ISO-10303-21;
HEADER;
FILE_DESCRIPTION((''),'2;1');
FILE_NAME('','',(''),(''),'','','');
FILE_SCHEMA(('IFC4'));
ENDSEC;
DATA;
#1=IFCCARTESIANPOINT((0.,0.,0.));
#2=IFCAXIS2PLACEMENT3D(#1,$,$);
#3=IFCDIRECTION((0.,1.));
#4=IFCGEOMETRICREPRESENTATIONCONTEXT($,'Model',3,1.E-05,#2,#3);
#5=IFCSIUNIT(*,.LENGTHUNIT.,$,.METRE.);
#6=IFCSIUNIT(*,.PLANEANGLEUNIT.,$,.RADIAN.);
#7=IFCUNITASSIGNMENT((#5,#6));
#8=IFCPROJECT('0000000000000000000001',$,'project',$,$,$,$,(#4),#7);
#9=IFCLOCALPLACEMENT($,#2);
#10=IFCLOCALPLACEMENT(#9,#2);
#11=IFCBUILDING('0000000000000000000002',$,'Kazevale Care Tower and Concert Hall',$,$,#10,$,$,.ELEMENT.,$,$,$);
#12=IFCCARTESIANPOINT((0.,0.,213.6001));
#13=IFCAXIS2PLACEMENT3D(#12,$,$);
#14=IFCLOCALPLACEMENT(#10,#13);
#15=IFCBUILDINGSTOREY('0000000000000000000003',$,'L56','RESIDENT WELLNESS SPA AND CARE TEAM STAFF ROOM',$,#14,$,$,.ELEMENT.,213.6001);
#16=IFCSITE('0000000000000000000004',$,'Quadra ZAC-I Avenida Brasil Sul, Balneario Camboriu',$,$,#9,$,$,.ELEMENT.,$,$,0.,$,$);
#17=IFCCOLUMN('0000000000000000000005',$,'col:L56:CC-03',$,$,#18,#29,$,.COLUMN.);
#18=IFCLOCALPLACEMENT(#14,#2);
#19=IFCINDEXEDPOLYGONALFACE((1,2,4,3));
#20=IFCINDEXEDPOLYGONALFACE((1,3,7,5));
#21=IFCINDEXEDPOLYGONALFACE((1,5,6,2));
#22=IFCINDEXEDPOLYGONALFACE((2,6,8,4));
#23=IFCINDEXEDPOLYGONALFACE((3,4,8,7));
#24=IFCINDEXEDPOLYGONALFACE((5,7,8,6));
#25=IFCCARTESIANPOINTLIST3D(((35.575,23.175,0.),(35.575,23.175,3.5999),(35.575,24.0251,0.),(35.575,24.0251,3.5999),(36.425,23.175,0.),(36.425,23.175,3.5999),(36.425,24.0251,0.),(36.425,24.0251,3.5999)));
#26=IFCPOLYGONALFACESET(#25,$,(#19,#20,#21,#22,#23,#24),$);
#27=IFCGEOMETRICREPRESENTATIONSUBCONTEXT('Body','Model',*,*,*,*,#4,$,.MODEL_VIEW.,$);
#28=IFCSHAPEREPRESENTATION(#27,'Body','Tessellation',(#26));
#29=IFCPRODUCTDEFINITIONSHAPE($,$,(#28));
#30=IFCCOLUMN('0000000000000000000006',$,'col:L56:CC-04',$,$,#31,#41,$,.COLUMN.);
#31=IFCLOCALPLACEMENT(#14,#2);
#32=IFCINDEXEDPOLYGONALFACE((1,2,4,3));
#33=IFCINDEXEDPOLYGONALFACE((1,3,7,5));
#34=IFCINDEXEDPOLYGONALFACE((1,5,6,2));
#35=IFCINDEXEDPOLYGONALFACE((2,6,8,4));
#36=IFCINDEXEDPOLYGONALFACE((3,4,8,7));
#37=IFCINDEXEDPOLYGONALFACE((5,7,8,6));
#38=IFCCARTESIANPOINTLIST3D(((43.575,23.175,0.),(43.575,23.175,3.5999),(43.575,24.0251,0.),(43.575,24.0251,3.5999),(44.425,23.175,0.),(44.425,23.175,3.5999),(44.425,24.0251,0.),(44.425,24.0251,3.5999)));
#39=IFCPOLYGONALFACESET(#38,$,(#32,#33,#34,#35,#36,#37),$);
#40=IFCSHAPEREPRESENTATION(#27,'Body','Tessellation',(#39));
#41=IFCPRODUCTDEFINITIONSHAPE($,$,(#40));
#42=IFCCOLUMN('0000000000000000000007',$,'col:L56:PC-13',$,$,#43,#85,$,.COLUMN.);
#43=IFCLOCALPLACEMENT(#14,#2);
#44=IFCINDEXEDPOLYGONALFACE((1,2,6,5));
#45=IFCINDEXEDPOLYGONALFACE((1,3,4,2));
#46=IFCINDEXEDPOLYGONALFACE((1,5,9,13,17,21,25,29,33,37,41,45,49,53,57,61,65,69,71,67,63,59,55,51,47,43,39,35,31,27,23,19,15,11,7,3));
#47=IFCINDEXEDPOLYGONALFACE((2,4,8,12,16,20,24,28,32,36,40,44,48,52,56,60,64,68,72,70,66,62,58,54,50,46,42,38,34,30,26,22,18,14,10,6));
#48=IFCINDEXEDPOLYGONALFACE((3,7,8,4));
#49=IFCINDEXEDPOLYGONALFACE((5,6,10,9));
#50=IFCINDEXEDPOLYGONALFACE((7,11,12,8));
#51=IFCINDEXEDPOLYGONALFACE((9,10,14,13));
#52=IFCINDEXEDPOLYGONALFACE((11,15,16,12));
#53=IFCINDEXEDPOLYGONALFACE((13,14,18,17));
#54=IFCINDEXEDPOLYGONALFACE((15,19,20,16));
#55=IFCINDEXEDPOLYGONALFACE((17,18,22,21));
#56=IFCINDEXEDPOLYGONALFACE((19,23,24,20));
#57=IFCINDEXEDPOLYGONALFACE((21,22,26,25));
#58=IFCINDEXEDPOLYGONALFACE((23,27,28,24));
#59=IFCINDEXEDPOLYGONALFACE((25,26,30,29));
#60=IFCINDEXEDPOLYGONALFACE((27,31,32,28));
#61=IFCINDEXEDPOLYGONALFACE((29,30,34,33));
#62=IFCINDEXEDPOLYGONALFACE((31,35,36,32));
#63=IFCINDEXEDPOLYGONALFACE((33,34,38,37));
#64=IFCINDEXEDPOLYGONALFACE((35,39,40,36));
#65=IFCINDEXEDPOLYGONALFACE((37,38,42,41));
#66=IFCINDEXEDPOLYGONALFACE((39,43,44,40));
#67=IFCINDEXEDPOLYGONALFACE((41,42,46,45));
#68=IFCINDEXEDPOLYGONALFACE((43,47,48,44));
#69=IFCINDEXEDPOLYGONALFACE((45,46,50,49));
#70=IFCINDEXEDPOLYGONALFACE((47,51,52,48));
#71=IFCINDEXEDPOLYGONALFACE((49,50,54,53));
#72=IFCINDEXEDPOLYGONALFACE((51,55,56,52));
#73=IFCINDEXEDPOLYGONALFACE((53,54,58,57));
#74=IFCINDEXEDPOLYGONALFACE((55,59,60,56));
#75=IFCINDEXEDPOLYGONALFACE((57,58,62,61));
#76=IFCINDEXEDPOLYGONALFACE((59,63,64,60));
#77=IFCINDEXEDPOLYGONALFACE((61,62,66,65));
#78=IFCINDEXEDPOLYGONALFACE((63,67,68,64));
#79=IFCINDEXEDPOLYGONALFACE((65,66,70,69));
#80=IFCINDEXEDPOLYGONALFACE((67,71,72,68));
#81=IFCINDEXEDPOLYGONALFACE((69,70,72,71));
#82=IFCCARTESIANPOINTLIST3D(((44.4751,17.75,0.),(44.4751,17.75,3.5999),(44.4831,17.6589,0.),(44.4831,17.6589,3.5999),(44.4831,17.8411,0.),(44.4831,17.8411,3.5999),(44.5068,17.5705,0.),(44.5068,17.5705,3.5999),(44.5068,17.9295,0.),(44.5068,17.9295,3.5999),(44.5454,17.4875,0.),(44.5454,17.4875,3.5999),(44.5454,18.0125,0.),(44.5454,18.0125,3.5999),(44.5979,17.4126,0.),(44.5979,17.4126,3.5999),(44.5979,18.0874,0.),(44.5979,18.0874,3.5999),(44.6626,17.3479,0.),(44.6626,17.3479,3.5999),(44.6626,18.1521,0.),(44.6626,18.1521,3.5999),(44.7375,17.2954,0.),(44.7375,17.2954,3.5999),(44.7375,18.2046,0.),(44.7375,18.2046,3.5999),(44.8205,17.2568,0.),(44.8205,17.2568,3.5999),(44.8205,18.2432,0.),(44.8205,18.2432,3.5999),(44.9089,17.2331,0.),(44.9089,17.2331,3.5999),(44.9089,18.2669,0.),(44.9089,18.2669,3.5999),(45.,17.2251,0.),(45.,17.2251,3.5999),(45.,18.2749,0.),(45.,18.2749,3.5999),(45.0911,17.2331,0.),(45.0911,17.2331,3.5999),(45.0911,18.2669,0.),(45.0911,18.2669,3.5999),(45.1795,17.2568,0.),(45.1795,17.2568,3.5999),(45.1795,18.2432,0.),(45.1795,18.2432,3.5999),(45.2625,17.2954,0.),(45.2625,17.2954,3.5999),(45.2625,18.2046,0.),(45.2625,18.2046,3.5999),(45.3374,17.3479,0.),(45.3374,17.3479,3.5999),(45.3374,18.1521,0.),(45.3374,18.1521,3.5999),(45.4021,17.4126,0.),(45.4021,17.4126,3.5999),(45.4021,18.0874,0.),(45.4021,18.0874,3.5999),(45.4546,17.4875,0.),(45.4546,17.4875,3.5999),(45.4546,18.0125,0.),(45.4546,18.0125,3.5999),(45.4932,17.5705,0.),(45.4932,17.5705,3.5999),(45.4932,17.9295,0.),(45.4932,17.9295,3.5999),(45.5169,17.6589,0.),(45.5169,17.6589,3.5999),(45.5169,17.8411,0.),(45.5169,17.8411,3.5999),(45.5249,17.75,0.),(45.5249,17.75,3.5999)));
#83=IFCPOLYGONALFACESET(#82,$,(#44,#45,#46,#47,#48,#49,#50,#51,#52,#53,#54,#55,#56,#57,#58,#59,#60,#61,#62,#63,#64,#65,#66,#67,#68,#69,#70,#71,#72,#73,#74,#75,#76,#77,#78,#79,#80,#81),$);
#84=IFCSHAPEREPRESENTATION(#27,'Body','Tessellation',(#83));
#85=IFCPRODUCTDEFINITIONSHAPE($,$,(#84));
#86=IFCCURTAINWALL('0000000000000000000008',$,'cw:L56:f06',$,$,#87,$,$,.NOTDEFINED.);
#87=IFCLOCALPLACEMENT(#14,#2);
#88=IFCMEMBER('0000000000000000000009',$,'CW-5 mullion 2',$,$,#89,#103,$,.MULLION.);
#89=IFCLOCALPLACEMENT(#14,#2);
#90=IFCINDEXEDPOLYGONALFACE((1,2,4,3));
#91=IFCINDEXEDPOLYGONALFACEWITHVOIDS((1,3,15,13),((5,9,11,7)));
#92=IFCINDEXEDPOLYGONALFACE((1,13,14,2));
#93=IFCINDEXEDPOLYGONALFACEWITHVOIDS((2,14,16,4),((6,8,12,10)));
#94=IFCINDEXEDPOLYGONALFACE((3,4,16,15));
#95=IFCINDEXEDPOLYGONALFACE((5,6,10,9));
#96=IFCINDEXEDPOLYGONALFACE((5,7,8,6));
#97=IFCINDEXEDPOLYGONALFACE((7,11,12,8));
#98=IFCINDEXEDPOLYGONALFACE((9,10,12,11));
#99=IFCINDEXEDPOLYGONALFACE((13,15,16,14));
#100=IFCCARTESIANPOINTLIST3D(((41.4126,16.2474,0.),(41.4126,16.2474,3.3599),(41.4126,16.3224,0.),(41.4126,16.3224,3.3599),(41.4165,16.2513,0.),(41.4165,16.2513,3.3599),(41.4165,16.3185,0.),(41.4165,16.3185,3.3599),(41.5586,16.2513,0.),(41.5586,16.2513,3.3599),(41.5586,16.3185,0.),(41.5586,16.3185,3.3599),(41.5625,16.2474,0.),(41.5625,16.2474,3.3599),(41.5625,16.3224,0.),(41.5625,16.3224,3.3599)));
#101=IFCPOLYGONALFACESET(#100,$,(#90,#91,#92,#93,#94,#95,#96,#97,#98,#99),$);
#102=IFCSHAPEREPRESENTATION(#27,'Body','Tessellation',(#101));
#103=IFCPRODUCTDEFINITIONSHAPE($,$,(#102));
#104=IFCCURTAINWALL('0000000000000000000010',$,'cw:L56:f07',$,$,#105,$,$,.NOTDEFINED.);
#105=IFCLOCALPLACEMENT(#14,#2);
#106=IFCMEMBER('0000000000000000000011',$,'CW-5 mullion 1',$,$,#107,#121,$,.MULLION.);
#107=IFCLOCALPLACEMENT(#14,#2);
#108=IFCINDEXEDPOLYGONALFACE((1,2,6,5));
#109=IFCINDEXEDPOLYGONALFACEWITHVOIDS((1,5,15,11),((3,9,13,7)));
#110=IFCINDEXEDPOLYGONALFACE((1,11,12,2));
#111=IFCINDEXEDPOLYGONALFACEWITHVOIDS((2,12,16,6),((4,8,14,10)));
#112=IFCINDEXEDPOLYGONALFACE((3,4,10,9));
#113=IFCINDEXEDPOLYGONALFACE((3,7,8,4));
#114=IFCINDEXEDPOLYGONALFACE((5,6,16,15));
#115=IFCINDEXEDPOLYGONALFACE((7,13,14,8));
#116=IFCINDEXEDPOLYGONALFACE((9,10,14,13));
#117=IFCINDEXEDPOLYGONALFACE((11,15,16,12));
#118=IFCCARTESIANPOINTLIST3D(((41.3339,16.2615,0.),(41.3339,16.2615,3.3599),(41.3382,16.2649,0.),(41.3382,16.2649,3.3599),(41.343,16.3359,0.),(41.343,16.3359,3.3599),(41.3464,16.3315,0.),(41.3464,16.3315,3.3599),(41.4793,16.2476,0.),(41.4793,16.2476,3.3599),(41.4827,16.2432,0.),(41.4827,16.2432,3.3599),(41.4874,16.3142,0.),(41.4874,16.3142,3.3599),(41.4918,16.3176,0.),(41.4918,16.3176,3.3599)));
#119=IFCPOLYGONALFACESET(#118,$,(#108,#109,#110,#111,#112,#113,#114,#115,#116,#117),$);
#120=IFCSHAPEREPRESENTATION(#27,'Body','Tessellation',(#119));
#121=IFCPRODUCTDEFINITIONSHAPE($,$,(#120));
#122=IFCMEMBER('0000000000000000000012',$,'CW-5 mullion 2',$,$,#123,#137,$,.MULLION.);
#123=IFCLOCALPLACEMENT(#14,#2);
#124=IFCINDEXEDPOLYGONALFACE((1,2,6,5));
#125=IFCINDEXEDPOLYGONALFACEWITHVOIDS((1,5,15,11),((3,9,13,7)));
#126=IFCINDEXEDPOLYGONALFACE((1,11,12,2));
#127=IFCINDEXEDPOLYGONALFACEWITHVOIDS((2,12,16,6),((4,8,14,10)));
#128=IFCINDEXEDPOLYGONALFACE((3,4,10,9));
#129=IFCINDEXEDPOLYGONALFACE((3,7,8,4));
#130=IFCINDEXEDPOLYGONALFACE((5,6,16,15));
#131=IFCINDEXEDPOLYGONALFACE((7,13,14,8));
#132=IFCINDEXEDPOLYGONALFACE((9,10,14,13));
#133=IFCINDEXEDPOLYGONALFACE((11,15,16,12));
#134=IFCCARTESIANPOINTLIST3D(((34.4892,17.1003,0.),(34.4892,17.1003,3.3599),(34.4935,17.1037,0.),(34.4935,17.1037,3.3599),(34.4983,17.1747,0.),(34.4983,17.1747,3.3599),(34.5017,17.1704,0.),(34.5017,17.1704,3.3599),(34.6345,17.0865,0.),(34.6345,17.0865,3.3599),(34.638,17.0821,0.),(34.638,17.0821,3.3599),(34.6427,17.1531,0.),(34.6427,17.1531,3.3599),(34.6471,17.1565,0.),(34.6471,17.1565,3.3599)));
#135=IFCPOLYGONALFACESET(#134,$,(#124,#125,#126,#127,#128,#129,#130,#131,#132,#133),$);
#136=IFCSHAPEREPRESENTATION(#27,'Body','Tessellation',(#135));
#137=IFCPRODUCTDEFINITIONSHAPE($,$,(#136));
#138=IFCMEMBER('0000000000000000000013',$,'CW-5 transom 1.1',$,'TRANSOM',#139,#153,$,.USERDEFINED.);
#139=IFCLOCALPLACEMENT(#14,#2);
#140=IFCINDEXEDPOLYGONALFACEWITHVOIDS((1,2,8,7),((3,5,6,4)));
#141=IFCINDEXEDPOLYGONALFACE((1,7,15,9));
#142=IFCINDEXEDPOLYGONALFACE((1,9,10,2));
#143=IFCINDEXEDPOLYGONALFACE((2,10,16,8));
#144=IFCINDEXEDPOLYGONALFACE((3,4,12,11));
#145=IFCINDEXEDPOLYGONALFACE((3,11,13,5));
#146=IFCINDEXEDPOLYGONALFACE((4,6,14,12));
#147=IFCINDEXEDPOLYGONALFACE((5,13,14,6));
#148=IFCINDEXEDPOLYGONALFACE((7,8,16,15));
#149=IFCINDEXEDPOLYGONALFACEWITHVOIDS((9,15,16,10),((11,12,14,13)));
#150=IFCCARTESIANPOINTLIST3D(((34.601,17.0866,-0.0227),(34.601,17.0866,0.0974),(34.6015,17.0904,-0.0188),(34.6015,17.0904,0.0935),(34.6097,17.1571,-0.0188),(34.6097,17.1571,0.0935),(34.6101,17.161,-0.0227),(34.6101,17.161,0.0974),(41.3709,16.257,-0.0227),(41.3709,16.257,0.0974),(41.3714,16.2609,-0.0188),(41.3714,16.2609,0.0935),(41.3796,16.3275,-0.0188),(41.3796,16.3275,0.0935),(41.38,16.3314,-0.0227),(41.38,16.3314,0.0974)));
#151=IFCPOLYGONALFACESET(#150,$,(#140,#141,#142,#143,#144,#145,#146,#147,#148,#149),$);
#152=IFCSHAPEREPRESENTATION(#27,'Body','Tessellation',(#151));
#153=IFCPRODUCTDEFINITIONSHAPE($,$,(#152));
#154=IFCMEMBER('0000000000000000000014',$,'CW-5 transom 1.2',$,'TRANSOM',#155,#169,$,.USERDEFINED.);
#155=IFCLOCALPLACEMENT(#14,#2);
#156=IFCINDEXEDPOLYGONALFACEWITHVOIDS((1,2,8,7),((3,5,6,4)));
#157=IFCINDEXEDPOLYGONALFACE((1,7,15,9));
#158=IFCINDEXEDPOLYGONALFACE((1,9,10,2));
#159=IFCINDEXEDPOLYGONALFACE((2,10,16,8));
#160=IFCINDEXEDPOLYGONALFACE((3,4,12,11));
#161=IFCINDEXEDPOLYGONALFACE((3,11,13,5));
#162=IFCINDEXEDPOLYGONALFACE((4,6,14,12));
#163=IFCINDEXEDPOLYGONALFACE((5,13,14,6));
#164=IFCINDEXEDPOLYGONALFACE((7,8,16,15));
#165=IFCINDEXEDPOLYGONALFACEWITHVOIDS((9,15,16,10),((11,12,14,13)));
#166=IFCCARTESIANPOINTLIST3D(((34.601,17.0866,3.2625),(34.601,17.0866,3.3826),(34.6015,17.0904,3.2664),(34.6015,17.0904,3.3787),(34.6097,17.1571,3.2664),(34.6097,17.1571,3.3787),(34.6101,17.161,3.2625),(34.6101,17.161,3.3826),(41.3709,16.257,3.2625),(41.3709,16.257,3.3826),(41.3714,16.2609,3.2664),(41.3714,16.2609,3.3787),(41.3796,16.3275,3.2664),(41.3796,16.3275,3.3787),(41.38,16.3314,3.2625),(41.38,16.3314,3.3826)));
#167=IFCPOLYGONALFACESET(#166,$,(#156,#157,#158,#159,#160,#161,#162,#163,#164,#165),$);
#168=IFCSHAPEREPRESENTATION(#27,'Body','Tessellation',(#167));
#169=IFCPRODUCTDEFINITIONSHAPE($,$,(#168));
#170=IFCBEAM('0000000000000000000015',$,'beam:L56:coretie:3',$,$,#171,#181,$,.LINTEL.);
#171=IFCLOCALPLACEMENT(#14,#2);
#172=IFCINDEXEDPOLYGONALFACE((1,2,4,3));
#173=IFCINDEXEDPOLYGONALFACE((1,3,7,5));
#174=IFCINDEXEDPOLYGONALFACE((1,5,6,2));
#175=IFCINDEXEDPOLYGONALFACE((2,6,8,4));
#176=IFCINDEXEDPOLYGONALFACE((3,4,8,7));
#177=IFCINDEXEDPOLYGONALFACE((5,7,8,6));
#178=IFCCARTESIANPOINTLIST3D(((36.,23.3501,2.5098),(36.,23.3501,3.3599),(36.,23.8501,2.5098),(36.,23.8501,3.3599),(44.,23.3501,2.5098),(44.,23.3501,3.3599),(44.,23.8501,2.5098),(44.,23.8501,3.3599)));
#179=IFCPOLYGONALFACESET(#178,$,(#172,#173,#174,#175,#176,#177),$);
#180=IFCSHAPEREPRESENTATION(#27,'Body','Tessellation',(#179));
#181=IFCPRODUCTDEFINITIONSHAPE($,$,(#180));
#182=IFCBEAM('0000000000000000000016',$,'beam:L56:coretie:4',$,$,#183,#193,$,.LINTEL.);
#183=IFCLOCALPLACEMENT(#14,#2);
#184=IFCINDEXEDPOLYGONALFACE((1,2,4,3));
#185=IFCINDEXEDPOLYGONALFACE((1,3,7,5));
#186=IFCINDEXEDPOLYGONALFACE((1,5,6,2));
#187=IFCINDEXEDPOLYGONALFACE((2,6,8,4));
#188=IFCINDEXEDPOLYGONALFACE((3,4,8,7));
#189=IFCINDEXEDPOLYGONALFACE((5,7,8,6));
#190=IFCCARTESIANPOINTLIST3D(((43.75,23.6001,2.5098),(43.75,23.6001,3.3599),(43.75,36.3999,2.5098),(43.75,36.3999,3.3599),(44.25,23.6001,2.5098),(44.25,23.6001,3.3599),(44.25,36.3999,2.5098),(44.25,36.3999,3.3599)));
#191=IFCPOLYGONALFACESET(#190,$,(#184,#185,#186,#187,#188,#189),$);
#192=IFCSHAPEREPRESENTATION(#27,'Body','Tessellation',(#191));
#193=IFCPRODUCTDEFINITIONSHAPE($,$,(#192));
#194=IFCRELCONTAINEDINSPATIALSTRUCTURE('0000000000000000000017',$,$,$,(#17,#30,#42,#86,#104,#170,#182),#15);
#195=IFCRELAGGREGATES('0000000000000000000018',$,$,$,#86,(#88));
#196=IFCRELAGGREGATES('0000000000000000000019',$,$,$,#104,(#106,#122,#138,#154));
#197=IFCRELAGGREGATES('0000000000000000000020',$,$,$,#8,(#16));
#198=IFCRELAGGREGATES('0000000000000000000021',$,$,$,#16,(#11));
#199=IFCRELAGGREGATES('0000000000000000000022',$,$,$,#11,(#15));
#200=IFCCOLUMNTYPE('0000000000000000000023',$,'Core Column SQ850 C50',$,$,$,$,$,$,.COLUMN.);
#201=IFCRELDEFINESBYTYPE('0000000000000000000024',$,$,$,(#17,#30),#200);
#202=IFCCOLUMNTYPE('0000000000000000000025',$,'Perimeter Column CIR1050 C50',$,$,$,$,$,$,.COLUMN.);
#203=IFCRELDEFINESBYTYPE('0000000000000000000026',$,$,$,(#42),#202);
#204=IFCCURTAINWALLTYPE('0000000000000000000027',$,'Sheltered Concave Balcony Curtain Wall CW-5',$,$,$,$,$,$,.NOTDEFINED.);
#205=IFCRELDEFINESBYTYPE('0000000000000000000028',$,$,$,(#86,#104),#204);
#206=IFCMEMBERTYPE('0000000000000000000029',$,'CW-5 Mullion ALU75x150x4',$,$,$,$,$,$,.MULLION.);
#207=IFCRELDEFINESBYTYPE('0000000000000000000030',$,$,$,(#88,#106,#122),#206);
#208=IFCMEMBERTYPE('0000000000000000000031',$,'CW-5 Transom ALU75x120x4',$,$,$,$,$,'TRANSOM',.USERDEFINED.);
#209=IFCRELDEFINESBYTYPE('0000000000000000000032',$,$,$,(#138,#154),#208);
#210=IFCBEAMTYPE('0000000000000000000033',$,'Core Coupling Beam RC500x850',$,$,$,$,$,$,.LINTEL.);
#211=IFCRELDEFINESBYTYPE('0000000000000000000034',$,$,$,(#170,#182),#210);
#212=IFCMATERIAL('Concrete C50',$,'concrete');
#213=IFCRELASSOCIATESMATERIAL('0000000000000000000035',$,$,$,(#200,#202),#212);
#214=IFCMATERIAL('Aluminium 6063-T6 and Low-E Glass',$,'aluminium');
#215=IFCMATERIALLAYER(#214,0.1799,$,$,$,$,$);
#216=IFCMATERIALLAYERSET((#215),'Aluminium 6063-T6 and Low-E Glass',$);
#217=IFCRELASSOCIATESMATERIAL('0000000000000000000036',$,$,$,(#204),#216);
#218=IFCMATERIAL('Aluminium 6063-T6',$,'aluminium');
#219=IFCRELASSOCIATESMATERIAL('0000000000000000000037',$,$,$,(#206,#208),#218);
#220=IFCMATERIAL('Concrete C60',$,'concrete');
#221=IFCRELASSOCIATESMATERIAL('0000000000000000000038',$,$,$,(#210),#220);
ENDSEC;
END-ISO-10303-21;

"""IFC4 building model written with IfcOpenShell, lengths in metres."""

from ifc_helpers import new_model, si_unit, direction, frame, origin, origin_2d, place, context, subcontext, project, spatial, rectangle, hollow_rectangle, circle, extrude, material, layer, layer_set, material_profile, profile_set, type_object, element, aggregate, save


model = new_model("IFC4")

# Units and contexts
model_context = context("Model", 3, precision=1e-05, world=origin(), true_north=direction((0.0, 1.0)))
body_context = subcontext(model_context, "Body", "Model", "MODEL_VIEW")
ifc_project = project(units=[si_unit("LENGTHUNIT", "METRE"), si_unit("PLANEANGLEUNIT", "RADIAN")], contexts=[model_context])

# Site, building, storey
site_placement = place(None, origin())
site = spatial("IfcSite", under=ifc_project, at=site_placement, Name="Quadra ZAC-I Avenida Brasil Sul, Balneario Camboriu", CompositionType="ELEMENT", RefElevation=0.0)
building_placement = place(site_placement, origin())
building = spatial("IfcBuilding", under=site, at=building_placement, Name="Kazevale Care Tower and Concert Hall", CompositionType="ELEMENT")
storey_placement = place(building_placement, frame((0.0, 0.0, 213.6001)))
storey = spatial("IfcBuildingStorey", under=building, at=storey_placement, Name="L56", Description="RESIDENT WELLNESS SPA AND CARE TEAM STAFF ROOM", CompositionType="ELEMENT", Elevation=213.6001)

# Columns
ifc_material_1 = material(Name="Concrete C50", Category="concrete")
ifc_material_profile_1 = material_profile(ifc_material_1, rectangle(XDim=0.8501, YDim=0.8501, at=origin_2d()), Name="RC-SQ850")
ifc_profile_set_1 = profile_set([ifc_material_profile_1], Name="Concrete C50")
column_type_1 = type_object("IfcColumnType", Name="Core Column SQ850 C50", PredefinedType="COLUMN", material=ifc_profile_set_1)
for number, where, z_axis, x_axis, name in (
    (1, (36.0, 23.6001, 0.0), (0.0, 0.0, 1.0), (1.0, 0.0, 0.0), "col:L56:CC-03"),
    (2, (44.0, 23.6001, 0.0), (0.0, 0.0, 1.0), (1.0, 0.0, 0.0), "col:L56:CC-04"),
):
    element("IfcColumn", number, at=place(storey_placement, frame(where, z_axis=z_axis, x_axis=x_axis)), inside=storey, type_object=column_type_1, Name=name, PredefinedType="COLUMN", context=body_context, shape_type="SweptSolid", body=[
        extrude(rectangle(XDim=0.8501, YDim=0.8501, at=origin_2d()), origin(), (0.0, 0.0, 1.0), 3.5999),
    ])
ifc_material_profile_2 = material_profile(ifc_material_1, circle(Radius=0.5249, at=origin_2d()), Name="RC-CIR1050")
ifc_profile_set_2 = profile_set([ifc_material_profile_2], Name="Concrete C50")
column_type_2 = type_object("IfcColumnType", Name="Perimeter Column CIR1050 C50", PredefinedType="COLUMN", material=ifc_profile_set_2)
column_placement = place(storey_placement, frame((45.0, 17.75, 0.0), z_axis=(0.0, 0.0, 1.0), x_axis=(1.0, 0.0, 0.0)))
element("IfcColumn", 3, at=column_placement, inside=storey, type_object=column_type_2, Name="col:L56:PC-13", PredefinedType="COLUMN", context=body_context, shape_type="SweptSolid", body=[
    extrude(circle(Radius=0.5249, at=origin_2d()), origin(), (0.0, 0.0, 1.0), 3.5999),
])

# Curtain wall, member
ifc_material_2 = material(Name="Aluminium 6063-T6 and Low-E Glass", Category="aluminium")
ifc_layer_1 = layer(ifc_material_2, 0.1799)
ifc_layer_set_1 = layer_set([ifc_layer_1], Name="Aluminium 6063-T6 and Low-E Glass")
curtain_wall_type = type_object("IfcCurtainWallType", Name="Sheltered Concave Balcony Curtain Wall CW-5", PredefinedType="NOTDEFINED", material=ifc_layer_set_1)
curtain_wall_1_placement = place(storey_placement, origin())
curtain_wall_1 = element("IfcCurtainWall", 4, at=curtain_wall_1_placement, inside=storey, type_object=curtain_wall_type, Name="cw:L56:f06", PredefinedType="NOTDEFINED")
ifc_material_3 = material(Name="Aluminium 6063-T6", Category="aluminium")
ifc_material_profile_3 = material_profile(ifc_material_3, hollow_rectangle(XDim=0.075, YDim=0.1499, WallThickness=0.0039, at=origin_2d()), Name="ALU75x150x4")
ifc_profile_set_3 = profile_set([ifc_material_profile_3], Name="Aluminium 6063-T6")
member_type_1 = type_object("IfcMemberType", Name="CW-5 Mullion ALU75x150x4", PredefinedType="MULLION", material=ifc_profile_set_3)
member_1_placement = place(storey_placement, frame((41.4875, 16.2849, 0.0), z_axis=(0.0, 0.0, 1.0), x_axis=(0.0, -1.0, 0.0)))
member_1 = element("IfcMember", 5, at=member_1_placement, type_object=member_type_1, Name="CW-5 mullion 2", PredefinedType="MULLION", context=body_context, shape_type="SweptSolid", body=[
    extrude(hollow_rectangle(XDim=0.075, YDim=0.1499, WallThickness=0.0039, at=origin_2d()), origin(), (0.0, 0.0, 1.0), 3.3599),
])

# Curtain wall, members
curtain_wall_2_placement = place(storey_placement, origin())
curtain_wall_2 = element("IfcCurtainWall", 6, at=curtain_wall_2_placement, inside=storey, type_object=curtain_wall_type, Name="cw:L56:f07", PredefinedType="NOTDEFINED")
member_2_placement = place(storey_placement, frame((41.4128, 16.2896, 0.0), z_axis=(0.0, 0.0, 1.0), x_axis=(-0.121651, -0.992573, 0.0)))
member_2 = element("IfcMember", 7, at=member_2_placement, type_object=member_type_1, Name="CW-5 mullion 1", PredefinedType="MULLION", context=body_context, shape_type="SweptSolid", body=[
    extrude(hollow_rectangle(XDim=0.075, YDim=0.1499, WallThickness=0.0039, at=origin_2d()), origin(), (0.0, 0.0, 1.0), 3.3599),
])
member_3_placement = place(storey_placement, frame((34.5681, 17.1284, 0.0), z_axis=(0.0, 0.0, 1.0), x_axis=(-0.121651, -0.992573, 0.0)))
member_3 = element("IfcMember", 8, at=member_3_placement, type_object=member_type_1, Name="CW-5 mullion 2", PredefinedType="MULLION", context=body_context, shape_type="SweptSolid", body=[
    extrude(hollow_rectangle(XDim=0.075, YDim=0.1499, WallThickness=0.0039, at=origin_2d()), origin(), (0.0, 0.0, 1.0), 3.3599),
])
ifc_material_profile_4 = material_profile(ifc_material_3, hollow_rectangle(XDim=0.075, YDim=0.1201, WallThickness=0.0039, at=origin_2d()), Name="ALU75x120x4")
ifc_profile_set_4 = profile_set([ifc_material_profile_4], Name="Aluminium 6063-T6")
member_type_2 = type_object("IfcMemberType", Name="CW-5 Transom ALU75x120x4", ElementType="TRANSOM", PredefinedType="USERDEFINED", material=ifc_profile_set_4)
member_4_placement = place(storey_placement, frame((41.3755, 16.2942, 0.0374), z_axis=(-0.992576, 0.121629, 0.0), x_axis=(-0.121629, -0.992576, 0.0)))
member_4 = element("IfcMember", 9, at=member_4_placement, type_object=member_type_2, Name="CW-5 transom 1.1", ObjectType="TRANSOM", PredefinedType="USERDEFINED", context=body_context, shape_type="SweptSolid", body=[
    extrude(hollow_rectangle(XDim=0.075, YDim=0.1201, WallThickness=0.0039, at=origin_2d()), origin(), (0.0, 0.0, 1.0), 6.8206),
])
member_5_placement = place(storey_placement, frame((41.3755, 16.2942, 3.3225), z_axis=(-0.992576, 0.121629, 0.0), x_axis=(-0.121629, -0.992576, 0.0)))
member_5 = element("IfcMember", 10, at=member_5_placement, type_object=member_type_2, Name="CW-5 transom 1.2", ObjectType="TRANSOM", PredefinedType="USERDEFINED", context=body_context, shape_type="SweptSolid", body=[
    extrude(hollow_rectangle(XDim=0.075, YDim=0.1201, WallThickness=0.0039, at=origin_2d()), origin(), (0.0, 0.0, 1.0), 6.8206),
])

# Beams
ifc_material_4 = material(Name="Concrete C60", Category="concrete")
ifc_material_profile_5 = material_profile(ifc_material_4, rectangle(XDim=0.5, YDim=0.8501, at=origin_2d()), Name="RC-B500x850")
ifc_profile_set_5 = profile_set([ifc_material_profile_5], Name="Concrete C60")
beam_type_1 = type_object("IfcBeamType", Name="Core Coupling Beam RC500x850", PredefinedType="LINTEL", material=ifc_profile_set_5)
beam_1_placement = place(storey_placement, frame((36.0, 23.6001, 2.9348), z_axis=(1.0, 0.0, 0.0), x_axis=(0.0, 1.0, 0.0)))
element("IfcBeam", 11, at=beam_1_placement, inside=storey, type_object=beam_type_1, Name="beam:L56:coretie:3", PredefinedType="LINTEL", context=body_context, shape_type="SweptSolid", body=[
    extrude(rectangle(XDim=0.5, YDim=0.8501, at=origin_2d()), origin(), (0.0, 0.0, 1.0), 8.0),
])
beam_2_placement = place(storey_placement, frame((44.0, 23.6001, 2.9348), z_axis=(0.0, 1.0, 0.0), x_axis=(-1.0, 0.0, 0.0)))
element("IfcBeam", 12, at=beam_2_placement, inside=storey, type_object=beam_type_1, Name="beam:L56:coretie:4", PredefinedType="LINTEL", context=body_context, shape_type="SweptSolid", body=[
    extrude(rectangle(XDim=0.5, YDim=0.8501, at=origin_2d()), origin(), (0.0, 0.0, 1.0), 12.7998),
])

aggregate(curtain_wall_1, [member_1])
aggregate(curtain_wall_2, [member_2, member_3, member_4, member_5])

save(model, "model.ifc")
